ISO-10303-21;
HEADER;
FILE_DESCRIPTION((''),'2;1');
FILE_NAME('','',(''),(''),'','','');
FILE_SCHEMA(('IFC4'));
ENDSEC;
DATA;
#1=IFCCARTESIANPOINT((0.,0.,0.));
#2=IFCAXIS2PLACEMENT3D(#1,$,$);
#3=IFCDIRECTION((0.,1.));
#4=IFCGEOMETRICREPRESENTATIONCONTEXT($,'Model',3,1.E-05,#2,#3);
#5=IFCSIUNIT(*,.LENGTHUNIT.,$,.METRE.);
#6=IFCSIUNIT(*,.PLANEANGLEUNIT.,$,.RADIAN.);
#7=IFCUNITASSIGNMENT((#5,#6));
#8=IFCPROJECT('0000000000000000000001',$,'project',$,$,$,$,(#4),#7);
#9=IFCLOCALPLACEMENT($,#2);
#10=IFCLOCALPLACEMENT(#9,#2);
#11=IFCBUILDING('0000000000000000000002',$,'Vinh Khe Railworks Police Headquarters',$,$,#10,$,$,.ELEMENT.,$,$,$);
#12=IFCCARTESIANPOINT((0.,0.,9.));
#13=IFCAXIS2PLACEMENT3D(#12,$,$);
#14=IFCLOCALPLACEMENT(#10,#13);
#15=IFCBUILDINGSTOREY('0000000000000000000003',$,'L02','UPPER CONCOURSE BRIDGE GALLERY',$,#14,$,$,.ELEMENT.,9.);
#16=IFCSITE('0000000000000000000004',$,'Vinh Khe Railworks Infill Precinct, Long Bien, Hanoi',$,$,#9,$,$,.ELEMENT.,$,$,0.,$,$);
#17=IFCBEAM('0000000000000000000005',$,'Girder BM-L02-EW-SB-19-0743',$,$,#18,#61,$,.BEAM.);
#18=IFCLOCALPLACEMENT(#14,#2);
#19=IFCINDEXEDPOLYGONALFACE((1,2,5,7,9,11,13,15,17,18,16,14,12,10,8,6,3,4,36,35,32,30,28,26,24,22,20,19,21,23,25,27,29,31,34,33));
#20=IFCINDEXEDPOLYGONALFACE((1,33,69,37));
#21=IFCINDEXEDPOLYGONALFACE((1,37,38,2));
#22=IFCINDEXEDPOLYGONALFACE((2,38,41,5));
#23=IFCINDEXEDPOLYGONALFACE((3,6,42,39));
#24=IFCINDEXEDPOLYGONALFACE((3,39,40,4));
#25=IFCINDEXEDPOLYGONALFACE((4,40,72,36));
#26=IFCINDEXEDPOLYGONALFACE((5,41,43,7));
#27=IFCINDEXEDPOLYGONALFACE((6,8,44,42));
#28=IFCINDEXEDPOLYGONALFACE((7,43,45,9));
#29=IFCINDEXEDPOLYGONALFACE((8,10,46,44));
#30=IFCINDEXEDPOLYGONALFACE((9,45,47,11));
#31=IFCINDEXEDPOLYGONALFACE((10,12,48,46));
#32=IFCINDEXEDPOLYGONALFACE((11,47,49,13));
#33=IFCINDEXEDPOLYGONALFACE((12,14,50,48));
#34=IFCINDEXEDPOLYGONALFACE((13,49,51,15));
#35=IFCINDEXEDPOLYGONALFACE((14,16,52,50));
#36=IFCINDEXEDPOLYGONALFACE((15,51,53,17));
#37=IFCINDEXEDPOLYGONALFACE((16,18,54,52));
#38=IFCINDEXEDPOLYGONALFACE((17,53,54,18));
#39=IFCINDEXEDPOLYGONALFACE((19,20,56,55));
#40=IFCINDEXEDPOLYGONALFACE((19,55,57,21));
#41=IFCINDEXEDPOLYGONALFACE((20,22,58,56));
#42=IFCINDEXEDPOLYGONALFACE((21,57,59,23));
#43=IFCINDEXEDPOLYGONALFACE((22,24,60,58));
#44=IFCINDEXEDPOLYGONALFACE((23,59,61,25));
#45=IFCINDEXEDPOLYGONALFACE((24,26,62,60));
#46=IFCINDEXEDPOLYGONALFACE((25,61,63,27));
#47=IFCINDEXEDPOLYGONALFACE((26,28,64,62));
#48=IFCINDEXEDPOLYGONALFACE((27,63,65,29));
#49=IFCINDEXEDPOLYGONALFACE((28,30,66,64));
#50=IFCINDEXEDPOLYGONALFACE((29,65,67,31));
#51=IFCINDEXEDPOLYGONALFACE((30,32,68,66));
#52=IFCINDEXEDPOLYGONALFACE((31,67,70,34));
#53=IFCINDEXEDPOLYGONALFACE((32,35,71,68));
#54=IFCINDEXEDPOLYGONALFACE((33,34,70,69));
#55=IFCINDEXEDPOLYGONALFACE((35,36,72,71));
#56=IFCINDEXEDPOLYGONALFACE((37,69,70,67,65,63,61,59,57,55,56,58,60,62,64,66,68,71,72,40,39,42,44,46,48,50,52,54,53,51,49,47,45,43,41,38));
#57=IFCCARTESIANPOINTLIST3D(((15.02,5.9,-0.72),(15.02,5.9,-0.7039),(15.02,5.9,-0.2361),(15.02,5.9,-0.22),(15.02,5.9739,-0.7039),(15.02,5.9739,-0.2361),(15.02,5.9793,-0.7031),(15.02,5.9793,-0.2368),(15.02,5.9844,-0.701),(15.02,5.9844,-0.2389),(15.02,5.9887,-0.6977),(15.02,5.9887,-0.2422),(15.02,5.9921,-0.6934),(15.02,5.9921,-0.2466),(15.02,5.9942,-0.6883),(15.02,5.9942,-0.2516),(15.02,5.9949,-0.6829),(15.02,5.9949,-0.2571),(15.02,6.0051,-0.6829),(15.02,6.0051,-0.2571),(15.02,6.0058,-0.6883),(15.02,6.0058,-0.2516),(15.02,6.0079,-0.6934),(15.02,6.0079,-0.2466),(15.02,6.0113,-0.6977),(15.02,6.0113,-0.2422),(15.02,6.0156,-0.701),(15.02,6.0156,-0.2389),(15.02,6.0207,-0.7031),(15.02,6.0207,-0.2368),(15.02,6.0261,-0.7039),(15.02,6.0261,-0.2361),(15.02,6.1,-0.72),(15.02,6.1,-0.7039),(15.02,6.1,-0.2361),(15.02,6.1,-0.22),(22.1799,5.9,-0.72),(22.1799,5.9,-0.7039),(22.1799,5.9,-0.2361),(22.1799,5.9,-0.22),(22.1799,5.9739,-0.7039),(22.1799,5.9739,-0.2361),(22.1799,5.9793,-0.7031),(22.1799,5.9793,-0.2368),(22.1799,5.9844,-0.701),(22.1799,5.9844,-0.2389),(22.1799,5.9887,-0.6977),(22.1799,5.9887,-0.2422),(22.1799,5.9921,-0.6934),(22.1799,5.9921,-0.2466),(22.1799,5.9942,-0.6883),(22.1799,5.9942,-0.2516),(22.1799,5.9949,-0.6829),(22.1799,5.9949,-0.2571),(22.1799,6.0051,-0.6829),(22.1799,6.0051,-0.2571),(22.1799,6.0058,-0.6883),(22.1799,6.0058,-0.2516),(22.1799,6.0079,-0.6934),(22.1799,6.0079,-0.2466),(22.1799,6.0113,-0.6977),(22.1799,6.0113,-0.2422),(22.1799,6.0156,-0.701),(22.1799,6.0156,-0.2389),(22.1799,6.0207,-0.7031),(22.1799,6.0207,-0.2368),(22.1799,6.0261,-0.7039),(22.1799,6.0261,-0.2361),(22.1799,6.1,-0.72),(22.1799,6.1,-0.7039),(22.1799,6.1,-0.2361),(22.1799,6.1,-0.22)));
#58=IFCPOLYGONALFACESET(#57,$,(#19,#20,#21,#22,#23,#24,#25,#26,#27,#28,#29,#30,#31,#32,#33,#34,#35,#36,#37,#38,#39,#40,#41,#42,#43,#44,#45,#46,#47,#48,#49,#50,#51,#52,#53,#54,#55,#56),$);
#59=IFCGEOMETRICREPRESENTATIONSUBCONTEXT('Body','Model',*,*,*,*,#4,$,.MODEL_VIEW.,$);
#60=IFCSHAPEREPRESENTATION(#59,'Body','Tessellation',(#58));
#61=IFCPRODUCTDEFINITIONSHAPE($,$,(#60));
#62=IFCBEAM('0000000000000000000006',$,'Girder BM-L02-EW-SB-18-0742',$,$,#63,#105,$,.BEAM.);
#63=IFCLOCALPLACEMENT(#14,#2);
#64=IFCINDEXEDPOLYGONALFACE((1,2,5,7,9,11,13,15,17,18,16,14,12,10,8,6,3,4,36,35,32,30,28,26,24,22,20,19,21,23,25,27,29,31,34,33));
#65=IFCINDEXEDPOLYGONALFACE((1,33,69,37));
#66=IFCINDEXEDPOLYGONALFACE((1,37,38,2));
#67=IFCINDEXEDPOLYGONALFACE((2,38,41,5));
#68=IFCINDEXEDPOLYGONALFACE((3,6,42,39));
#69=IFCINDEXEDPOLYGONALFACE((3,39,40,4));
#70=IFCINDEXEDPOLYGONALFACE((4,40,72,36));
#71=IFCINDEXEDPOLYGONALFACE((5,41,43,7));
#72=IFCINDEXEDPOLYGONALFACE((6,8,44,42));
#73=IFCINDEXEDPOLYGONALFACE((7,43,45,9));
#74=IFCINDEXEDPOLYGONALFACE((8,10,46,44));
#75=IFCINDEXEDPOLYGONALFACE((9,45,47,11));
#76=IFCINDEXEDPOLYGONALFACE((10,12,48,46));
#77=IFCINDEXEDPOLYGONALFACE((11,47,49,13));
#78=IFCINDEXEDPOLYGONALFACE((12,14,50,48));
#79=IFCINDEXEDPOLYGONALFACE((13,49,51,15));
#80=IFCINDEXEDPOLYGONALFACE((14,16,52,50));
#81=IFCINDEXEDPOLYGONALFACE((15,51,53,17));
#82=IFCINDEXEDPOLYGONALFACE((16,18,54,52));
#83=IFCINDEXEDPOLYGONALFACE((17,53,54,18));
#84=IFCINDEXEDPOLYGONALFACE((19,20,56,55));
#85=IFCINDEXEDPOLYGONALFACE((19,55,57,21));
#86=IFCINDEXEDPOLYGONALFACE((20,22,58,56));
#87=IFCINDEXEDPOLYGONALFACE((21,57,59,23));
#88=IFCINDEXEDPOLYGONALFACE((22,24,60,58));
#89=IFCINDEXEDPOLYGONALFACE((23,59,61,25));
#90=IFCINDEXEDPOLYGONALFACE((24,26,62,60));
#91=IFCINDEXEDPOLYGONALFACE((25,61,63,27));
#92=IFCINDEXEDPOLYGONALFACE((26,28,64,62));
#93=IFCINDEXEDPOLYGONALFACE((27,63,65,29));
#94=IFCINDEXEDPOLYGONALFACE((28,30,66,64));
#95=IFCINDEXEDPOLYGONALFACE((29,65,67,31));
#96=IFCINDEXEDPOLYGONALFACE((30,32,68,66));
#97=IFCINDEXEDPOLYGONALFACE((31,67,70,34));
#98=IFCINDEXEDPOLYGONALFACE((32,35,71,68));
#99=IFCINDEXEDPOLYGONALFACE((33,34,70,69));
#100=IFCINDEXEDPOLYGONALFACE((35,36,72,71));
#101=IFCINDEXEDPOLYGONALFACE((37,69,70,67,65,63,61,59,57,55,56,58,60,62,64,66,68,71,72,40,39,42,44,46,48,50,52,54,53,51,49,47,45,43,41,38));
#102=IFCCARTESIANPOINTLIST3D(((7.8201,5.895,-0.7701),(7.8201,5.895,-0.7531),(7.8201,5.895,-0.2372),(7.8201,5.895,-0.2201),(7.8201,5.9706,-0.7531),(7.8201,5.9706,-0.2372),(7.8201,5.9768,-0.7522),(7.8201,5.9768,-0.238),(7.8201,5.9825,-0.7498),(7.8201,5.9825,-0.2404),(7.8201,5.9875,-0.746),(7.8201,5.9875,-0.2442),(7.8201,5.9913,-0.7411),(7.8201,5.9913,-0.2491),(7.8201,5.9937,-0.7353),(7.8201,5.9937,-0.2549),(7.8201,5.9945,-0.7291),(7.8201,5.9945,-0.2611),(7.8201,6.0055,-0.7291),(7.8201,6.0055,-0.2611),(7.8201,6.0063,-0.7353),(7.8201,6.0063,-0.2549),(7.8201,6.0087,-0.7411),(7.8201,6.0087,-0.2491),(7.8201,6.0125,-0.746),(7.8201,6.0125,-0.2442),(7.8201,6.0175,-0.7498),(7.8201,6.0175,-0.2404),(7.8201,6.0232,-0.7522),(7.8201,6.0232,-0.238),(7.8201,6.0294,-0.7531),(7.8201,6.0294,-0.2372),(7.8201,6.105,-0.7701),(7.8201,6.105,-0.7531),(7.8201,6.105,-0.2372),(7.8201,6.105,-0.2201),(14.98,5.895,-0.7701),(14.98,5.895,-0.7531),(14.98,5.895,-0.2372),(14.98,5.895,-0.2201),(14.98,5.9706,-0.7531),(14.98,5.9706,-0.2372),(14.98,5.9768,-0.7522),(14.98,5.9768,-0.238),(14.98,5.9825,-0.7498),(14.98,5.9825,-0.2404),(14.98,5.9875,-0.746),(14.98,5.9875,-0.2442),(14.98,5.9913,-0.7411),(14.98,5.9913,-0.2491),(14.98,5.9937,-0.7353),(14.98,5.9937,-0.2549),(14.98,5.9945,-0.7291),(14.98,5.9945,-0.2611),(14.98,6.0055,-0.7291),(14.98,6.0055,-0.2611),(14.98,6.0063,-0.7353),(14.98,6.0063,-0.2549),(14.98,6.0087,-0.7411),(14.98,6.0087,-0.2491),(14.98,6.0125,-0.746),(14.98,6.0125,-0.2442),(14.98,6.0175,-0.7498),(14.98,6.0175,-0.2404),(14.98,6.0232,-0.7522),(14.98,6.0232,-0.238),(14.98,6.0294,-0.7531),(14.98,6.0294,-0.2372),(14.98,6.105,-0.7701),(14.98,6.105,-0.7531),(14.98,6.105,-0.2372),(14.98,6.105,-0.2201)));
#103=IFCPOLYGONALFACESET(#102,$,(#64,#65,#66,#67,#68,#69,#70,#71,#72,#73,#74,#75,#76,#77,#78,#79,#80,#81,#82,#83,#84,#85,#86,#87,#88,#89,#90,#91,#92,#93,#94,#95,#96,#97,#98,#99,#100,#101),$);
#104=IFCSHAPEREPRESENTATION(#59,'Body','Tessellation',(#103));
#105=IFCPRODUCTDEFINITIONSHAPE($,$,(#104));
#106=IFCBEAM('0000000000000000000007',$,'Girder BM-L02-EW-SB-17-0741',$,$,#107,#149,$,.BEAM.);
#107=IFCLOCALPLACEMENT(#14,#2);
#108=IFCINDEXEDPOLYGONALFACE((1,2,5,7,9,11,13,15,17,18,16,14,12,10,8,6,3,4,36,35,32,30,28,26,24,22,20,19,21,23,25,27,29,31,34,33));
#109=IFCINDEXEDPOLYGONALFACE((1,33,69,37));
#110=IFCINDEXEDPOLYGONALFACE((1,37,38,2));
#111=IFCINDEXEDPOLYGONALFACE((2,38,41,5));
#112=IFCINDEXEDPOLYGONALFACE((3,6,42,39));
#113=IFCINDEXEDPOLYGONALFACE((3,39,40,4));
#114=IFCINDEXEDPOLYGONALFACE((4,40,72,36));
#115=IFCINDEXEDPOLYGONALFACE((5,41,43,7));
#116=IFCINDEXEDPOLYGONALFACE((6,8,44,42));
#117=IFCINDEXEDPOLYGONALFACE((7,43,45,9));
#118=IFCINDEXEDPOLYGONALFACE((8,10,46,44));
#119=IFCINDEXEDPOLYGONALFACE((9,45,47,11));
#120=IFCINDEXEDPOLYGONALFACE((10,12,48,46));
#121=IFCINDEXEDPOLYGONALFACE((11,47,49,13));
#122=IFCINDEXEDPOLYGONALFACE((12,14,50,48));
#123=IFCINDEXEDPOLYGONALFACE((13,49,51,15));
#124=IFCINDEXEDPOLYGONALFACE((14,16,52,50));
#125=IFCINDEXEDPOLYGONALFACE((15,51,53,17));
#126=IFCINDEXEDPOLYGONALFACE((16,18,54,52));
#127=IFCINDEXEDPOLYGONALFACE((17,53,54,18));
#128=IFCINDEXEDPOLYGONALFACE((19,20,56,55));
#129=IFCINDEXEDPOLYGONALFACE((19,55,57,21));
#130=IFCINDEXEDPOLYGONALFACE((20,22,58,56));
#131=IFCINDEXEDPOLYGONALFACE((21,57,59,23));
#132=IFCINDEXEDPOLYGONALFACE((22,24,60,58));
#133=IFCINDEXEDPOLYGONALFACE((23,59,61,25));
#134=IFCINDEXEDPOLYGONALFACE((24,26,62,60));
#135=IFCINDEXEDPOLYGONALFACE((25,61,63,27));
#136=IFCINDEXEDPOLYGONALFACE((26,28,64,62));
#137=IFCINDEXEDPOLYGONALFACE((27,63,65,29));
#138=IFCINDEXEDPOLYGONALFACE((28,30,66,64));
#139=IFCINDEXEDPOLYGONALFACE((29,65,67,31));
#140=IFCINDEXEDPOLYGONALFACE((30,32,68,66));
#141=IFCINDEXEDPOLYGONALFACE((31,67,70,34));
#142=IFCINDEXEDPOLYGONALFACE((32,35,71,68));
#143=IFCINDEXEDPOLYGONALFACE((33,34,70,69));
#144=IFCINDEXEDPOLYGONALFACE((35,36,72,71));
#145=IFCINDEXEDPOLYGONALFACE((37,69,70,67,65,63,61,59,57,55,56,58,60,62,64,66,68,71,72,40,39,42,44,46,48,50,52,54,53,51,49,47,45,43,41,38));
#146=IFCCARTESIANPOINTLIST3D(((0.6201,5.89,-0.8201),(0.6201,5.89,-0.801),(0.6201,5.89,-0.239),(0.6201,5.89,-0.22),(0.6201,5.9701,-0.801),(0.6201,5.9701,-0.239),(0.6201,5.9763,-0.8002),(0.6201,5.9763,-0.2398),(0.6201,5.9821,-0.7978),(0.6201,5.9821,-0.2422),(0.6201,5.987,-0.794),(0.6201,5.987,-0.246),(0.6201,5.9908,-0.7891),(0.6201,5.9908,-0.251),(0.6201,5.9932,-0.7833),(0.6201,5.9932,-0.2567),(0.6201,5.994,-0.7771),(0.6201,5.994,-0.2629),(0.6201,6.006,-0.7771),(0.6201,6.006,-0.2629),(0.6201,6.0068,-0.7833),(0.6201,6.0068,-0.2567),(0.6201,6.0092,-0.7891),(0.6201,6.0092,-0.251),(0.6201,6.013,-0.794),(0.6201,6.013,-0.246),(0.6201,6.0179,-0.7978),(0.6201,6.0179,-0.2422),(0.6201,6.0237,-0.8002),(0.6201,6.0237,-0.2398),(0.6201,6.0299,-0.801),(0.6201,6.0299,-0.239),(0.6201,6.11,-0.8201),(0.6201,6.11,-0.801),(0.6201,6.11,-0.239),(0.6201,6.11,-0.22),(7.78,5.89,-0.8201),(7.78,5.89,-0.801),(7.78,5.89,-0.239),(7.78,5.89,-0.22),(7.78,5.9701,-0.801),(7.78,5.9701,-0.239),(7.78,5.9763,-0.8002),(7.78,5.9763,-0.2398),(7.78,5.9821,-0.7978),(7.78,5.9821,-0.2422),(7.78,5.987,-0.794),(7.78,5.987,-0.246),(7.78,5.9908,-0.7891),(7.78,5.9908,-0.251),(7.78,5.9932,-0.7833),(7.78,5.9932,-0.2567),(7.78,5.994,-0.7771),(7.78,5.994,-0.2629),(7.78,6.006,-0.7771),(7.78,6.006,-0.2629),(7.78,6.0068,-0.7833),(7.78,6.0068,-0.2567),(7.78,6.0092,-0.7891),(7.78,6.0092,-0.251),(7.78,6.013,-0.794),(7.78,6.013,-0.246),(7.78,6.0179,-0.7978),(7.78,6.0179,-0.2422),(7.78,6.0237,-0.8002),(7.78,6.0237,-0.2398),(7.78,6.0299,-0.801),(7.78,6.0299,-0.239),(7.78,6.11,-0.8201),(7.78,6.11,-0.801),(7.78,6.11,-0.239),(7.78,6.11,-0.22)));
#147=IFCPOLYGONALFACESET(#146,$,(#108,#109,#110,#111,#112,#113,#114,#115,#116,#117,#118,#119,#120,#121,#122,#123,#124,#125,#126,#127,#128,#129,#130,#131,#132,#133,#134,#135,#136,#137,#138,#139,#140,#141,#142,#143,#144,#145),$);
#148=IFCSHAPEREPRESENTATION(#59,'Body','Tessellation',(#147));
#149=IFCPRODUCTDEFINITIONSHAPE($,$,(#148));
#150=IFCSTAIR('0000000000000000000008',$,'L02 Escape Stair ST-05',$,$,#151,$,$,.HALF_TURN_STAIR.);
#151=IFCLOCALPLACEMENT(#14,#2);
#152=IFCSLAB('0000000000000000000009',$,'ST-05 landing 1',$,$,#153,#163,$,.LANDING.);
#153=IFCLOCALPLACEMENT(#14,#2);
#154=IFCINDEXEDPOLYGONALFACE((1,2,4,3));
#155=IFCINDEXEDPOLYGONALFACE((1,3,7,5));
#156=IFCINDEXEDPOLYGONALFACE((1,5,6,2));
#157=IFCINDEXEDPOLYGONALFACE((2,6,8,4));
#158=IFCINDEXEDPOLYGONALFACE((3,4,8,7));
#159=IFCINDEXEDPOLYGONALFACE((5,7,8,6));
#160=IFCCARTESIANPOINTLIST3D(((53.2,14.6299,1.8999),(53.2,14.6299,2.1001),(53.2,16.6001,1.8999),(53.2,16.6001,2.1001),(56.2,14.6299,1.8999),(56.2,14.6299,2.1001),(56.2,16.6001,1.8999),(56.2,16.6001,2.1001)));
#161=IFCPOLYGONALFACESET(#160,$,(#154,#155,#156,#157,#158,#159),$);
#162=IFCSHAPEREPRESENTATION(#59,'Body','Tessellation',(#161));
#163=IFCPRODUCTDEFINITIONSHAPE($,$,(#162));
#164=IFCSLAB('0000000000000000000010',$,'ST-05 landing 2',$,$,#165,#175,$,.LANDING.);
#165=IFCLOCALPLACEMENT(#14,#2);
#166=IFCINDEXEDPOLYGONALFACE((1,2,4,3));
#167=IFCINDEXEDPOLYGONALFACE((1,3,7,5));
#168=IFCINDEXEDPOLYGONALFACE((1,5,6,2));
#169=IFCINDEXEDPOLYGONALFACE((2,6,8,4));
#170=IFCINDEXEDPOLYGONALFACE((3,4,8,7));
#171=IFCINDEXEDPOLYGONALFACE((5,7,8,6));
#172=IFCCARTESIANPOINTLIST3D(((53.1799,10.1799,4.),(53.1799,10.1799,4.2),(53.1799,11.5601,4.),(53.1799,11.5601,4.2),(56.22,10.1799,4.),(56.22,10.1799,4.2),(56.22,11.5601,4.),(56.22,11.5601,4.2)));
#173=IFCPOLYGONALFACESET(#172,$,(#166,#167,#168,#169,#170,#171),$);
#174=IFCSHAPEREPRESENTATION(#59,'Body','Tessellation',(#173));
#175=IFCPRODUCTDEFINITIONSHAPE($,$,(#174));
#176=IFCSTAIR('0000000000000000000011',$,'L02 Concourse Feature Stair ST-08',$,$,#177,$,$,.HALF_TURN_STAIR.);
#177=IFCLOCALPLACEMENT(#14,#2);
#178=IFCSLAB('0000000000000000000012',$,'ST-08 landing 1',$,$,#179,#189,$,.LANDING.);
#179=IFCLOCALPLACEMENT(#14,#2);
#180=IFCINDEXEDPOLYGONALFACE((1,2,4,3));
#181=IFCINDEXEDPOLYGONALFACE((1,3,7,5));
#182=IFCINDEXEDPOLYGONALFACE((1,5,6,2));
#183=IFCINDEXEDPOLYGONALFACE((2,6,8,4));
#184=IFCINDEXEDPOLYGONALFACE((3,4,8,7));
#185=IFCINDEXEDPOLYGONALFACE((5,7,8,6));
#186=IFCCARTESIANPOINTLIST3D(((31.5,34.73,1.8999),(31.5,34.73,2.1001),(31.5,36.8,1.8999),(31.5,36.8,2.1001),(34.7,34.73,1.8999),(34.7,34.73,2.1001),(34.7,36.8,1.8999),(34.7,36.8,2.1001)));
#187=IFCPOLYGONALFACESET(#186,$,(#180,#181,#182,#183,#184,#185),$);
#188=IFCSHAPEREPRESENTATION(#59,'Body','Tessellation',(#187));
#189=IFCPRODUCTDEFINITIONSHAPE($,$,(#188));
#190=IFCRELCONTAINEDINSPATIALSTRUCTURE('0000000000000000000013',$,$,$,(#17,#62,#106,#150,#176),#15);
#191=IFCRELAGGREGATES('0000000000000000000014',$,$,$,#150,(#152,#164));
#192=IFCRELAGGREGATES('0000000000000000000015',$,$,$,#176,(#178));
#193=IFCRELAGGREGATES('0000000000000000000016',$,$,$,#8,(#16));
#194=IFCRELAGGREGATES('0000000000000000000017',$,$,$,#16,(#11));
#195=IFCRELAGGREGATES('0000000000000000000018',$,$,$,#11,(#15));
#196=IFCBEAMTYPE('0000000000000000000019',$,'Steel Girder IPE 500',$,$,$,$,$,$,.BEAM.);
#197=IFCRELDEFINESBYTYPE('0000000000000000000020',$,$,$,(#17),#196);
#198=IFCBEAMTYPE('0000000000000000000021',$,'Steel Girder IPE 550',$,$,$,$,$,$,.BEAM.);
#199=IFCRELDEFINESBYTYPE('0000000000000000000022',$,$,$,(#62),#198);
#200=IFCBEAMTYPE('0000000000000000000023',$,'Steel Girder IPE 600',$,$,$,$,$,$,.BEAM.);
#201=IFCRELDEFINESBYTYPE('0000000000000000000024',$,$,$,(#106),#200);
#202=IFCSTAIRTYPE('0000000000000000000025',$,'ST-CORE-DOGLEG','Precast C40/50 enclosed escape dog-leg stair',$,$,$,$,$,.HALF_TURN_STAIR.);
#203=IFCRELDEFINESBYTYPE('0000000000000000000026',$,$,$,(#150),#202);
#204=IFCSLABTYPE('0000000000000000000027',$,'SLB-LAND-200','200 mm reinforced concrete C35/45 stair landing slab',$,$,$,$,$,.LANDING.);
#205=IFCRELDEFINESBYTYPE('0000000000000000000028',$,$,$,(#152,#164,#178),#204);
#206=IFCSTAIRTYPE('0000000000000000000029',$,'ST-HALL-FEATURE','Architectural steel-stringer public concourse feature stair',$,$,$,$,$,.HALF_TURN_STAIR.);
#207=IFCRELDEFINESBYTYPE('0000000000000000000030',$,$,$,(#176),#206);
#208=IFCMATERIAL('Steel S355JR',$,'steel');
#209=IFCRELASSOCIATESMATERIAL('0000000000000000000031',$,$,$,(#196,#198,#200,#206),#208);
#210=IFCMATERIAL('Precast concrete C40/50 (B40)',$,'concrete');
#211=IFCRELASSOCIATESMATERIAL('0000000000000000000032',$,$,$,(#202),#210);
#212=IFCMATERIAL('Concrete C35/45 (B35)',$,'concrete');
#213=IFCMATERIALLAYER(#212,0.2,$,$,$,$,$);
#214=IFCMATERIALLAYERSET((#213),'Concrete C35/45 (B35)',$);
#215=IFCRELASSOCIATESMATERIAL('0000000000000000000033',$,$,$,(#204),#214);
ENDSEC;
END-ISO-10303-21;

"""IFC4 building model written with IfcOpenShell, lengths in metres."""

from ifc_helpers import new_model, si_unit, direction, frame, origin, origin_2d, place, context, subcontext, project, spatial, polyline, i_section, outline, extrude, material, layer, layer_set, material_profile, profile_set, type_object, element, aggregate, save


model = new_model("IFC4")

# Units and contexts
model_context = context("Model", 3, precision=1e-05, world=origin(), true_north=direction((0.0, 1.0)))
body_context = subcontext(model_context, "Body", "Model", "MODEL_VIEW")
ifc_project = project(units=[si_unit("LENGTHUNIT", "METRE"), si_unit("PLANEANGLEUNIT", "RADIAN")], contexts=[model_context])

# Site, building, storey
site_placement = place(None, origin())
site = spatial("IfcSite", under=ifc_project, at=site_placement, Name="Vinh Khe Railworks Infill Precinct, Long Bien, Hanoi", CompositionType="ELEMENT", RefElevation=0.0)
building_placement = place(site_placement, origin())
building = spatial("IfcBuilding", under=site, at=building_placement, Name="Vinh Khe Railworks Police Headquarters", CompositionType="ELEMENT")
storey_placement = place(building_placement, frame((0.0, 0.0, 9.0)))
storey = spatial("IfcBuildingStorey", under=building, at=storey_placement, Name="L02", Description="UPPER CONCOURSE BRIDGE GALLERY", CompositionType="ELEMENT", Elevation=9.0)

# Beams
ifc_material_1 = material(Name="Steel S355JR", Category="steel")
ifc_material_profile_1 = material_profile(ifc_material_1, i_section(OverallWidth=0.2, OverallDepth=0.5, WebThickness=0.0103, FlangeThickness=0.0161, FilletRadius=0.021, at=origin_2d()), Name="IPE 500")
ifc_profile_set_1 = profile_set([ifc_material_profile_1], Name="Steel S355JR")
beam_type_1 = type_object("IfcBeamType", Name="Steel Girder IPE 500", PredefinedType="BEAM", material=ifc_profile_set_1)
for number, where, z_axis, x_axis, name in (
    (1, (15.02, 6.0, -0.47), (1.0, 0.0, 0.0), (0.0, 1.0, 0.0), "Girder BM-L02-EW-SB-19-0743"),
):
    element("IfcBeam", number, at=place(storey_placement, frame(where, z_axis=z_axis, x_axis=x_axis)), inside=storey, type_object=beam_type_1, Name=name, PredefinedType="BEAM", context=body_context, shape_type="SweptSolid", body=[
        extrude(i_section(OverallWidth=0.2, OverallDepth=0.5, WebThickness=0.0103, FlangeThickness=0.0161, FilletRadius=0.021, at=origin_2d()), origin(), (0.0, 0.0, 1.0), 7.1599),
    ])
ifc_material_profile_2 = material_profile(ifc_material_1, i_section(OverallWidth=0.21, OverallDepth=0.55, WebThickness=0.011, FlangeThickness=0.0171, FilletRadius=0.0239, at=origin_2d()), Name="IPE 550")
ifc_profile_set_2 = profile_set([ifc_material_profile_2], Name="Steel S355JR")
beam_type_2 = type_object("IfcBeamType", Name="Steel Girder IPE 550", PredefinedType="BEAM", material=ifc_profile_set_2)
beam_1_placement = place(storey_placement, frame((7.8201, 6.0, -0.4951), z_axis=(1.0, 0.0, 0.0), x_axis=(0.0, 1.0, 0.0)))
element("IfcBeam", 2, at=beam_1_placement, inside=storey, type_object=beam_type_2, Name="Girder BM-L02-EW-SB-18-0742", PredefinedType="BEAM", context=body_context, shape_type="SweptSolid", body=[
    extrude(i_section(OverallWidth=0.21, OverallDepth=0.55, WebThickness=0.011, FlangeThickness=0.0171, FilletRadius=0.0239, at=origin_2d()), origin(), (0.0, 0.0, 1.0), 7.1599),
])
ifc_material_profile_3 = material_profile(ifc_material_1, i_section(OverallWidth=0.22, OverallDepth=0.6001, WebThickness=0.012, FlangeThickness=0.019, FilletRadius=0.0239, at=origin_2d()), Name="IPE 600")
ifc_profile_set_3 = profile_set([ifc_material_profile_3], Name="Steel S355JR")
beam_type_3 = type_object("IfcBeamType", Name="Steel Girder IPE 600", PredefinedType="BEAM", material=ifc_profile_set_3)
beam_2_placement = place(storey_placement, frame((0.6201, 6.0, -0.52), z_axis=(1.0, 0.0, 0.0), x_axis=(0.0, 1.0, 0.0)))
element("IfcBeam", 3, at=beam_2_placement, inside=storey, type_object=beam_type_3, Name="Girder BM-L02-EW-SB-17-0741", PredefinedType="BEAM", context=body_context, shape_type="SweptSolid", body=[
    extrude(i_section(OverallWidth=0.22, OverallDepth=0.6001, WebThickness=0.012, FlangeThickness=0.019, FilletRadius=0.0239, at=origin_2d()), origin(), (0.0, 0.0, 1.0), 7.1599),
])

# Stairs, slabs
ifc_material_2 = material(Name="Precast concrete C40/50 (B40)", Category="concrete")
stair_type_1 = type_object("IfcStairType", Name="ST-CORE-DOGLEG", Description="Precast C40/50 enclosed escape dog-leg stair", PredefinedType="HALF_TURN_STAIR", material=ifc_material_2)
stair_1_placement = place(storey_placement, origin())
stair_1 = element("IfcStair", 4, at=stair_1_placement, inside=storey, type_object=stair_type_1, Name="L02 Escape Stair ST-05", PredefinedType="HALF_TURN_STAIR")
ifc_material_3 = material(Name="Concrete C35/45 (B35)", Category="concrete")
ifc_layer_1 = layer(ifc_material_3, 0.2)
ifc_layer_set_1 = layer_set([ifc_layer_1], Name="Concrete C35/45 (B35)")
slab_type = type_object("IfcSlabType", Name="SLB-LAND-200", Description="200 mm reinforced concrete C35/45 stair landing slab", PredefinedType="LANDING", material=ifc_layer_set_1)
slab_1_placement = place(storey_placement, frame((0.0, 0.0, 1.8999)))
slab_1 = element("IfcSlab", 5, at=slab_1_placement, type_object=slab_type, Name="ST-05 landing 1", PredefinedType="LANDING", context=body_context, shape_type="SweptSolid", body=[
    extrude(outline(polyline([(56.2, 14.6299), (56.2, 16.6001), (53.2, 16.6001), (53.2, 14.6299), (56.2, 14.6299)])), origin(), (0.0, 0.0, 1.0), 0.2002),
])
slab_2_placement = place(storey_placement, frame((0.0, 0.0, 4.0)))
slab_2 = element("IfcSlab", 6, at=slab_2_placement, type_object=slab_type, Name="ST-05 landing 2", PredefinedType="LANDING", context=body_context, shape_type="SweptSolid", body=[
    extrude(outline(polyline([(53.1799, 10.1799), (56.22, 10.1799), (56.22, 11.5601), (53.1799, 11.5601), (53.1799, 10.1799)])), origin(), (0.0, 0.0, 1.0), 0.2),
])
aggregate(stair_1, [slab_1, slab_2])
stair_type_2 = type_object("IfcStairType", Name="ST-HALL-FEATURE", Description="Architectural steel-stringer public concourse feature stair", PredefinedType="HALF_TURN_STAIR", material=ifc_material_1)
stair_2_placement = place(storey_placement, origin())
stair_2 = element("IfcStair", 7, at=stair_2_placement, inside=storey, type_object=stair_type_2, Name="L02 Concourse Feature Stair ST-08", PredefinedType="HALF_TURN_STAIR")
slab_3_placement = place(storey_placement, frame((0.0, 0.0, 1.8999)))
slab_3 = element("IfcSlab", 8, at=slab_3_placement, type_object=slab_type, Name="ST-08 landing 1", PredefinedType="LANDING", context=body_context, shape_type="SweptSolid", body=[
    extrude(outline(polyline([(34.7, 34.73), (34.7, 36.8), (31.5, 36.8), (31.5, 34.73), (34.7, 34.73)])), origin(), (0.0, 0.0, 1.0), 0.2002),
])
aggregate(stair_2, [slab_3])

save(model, "model.ifc")
